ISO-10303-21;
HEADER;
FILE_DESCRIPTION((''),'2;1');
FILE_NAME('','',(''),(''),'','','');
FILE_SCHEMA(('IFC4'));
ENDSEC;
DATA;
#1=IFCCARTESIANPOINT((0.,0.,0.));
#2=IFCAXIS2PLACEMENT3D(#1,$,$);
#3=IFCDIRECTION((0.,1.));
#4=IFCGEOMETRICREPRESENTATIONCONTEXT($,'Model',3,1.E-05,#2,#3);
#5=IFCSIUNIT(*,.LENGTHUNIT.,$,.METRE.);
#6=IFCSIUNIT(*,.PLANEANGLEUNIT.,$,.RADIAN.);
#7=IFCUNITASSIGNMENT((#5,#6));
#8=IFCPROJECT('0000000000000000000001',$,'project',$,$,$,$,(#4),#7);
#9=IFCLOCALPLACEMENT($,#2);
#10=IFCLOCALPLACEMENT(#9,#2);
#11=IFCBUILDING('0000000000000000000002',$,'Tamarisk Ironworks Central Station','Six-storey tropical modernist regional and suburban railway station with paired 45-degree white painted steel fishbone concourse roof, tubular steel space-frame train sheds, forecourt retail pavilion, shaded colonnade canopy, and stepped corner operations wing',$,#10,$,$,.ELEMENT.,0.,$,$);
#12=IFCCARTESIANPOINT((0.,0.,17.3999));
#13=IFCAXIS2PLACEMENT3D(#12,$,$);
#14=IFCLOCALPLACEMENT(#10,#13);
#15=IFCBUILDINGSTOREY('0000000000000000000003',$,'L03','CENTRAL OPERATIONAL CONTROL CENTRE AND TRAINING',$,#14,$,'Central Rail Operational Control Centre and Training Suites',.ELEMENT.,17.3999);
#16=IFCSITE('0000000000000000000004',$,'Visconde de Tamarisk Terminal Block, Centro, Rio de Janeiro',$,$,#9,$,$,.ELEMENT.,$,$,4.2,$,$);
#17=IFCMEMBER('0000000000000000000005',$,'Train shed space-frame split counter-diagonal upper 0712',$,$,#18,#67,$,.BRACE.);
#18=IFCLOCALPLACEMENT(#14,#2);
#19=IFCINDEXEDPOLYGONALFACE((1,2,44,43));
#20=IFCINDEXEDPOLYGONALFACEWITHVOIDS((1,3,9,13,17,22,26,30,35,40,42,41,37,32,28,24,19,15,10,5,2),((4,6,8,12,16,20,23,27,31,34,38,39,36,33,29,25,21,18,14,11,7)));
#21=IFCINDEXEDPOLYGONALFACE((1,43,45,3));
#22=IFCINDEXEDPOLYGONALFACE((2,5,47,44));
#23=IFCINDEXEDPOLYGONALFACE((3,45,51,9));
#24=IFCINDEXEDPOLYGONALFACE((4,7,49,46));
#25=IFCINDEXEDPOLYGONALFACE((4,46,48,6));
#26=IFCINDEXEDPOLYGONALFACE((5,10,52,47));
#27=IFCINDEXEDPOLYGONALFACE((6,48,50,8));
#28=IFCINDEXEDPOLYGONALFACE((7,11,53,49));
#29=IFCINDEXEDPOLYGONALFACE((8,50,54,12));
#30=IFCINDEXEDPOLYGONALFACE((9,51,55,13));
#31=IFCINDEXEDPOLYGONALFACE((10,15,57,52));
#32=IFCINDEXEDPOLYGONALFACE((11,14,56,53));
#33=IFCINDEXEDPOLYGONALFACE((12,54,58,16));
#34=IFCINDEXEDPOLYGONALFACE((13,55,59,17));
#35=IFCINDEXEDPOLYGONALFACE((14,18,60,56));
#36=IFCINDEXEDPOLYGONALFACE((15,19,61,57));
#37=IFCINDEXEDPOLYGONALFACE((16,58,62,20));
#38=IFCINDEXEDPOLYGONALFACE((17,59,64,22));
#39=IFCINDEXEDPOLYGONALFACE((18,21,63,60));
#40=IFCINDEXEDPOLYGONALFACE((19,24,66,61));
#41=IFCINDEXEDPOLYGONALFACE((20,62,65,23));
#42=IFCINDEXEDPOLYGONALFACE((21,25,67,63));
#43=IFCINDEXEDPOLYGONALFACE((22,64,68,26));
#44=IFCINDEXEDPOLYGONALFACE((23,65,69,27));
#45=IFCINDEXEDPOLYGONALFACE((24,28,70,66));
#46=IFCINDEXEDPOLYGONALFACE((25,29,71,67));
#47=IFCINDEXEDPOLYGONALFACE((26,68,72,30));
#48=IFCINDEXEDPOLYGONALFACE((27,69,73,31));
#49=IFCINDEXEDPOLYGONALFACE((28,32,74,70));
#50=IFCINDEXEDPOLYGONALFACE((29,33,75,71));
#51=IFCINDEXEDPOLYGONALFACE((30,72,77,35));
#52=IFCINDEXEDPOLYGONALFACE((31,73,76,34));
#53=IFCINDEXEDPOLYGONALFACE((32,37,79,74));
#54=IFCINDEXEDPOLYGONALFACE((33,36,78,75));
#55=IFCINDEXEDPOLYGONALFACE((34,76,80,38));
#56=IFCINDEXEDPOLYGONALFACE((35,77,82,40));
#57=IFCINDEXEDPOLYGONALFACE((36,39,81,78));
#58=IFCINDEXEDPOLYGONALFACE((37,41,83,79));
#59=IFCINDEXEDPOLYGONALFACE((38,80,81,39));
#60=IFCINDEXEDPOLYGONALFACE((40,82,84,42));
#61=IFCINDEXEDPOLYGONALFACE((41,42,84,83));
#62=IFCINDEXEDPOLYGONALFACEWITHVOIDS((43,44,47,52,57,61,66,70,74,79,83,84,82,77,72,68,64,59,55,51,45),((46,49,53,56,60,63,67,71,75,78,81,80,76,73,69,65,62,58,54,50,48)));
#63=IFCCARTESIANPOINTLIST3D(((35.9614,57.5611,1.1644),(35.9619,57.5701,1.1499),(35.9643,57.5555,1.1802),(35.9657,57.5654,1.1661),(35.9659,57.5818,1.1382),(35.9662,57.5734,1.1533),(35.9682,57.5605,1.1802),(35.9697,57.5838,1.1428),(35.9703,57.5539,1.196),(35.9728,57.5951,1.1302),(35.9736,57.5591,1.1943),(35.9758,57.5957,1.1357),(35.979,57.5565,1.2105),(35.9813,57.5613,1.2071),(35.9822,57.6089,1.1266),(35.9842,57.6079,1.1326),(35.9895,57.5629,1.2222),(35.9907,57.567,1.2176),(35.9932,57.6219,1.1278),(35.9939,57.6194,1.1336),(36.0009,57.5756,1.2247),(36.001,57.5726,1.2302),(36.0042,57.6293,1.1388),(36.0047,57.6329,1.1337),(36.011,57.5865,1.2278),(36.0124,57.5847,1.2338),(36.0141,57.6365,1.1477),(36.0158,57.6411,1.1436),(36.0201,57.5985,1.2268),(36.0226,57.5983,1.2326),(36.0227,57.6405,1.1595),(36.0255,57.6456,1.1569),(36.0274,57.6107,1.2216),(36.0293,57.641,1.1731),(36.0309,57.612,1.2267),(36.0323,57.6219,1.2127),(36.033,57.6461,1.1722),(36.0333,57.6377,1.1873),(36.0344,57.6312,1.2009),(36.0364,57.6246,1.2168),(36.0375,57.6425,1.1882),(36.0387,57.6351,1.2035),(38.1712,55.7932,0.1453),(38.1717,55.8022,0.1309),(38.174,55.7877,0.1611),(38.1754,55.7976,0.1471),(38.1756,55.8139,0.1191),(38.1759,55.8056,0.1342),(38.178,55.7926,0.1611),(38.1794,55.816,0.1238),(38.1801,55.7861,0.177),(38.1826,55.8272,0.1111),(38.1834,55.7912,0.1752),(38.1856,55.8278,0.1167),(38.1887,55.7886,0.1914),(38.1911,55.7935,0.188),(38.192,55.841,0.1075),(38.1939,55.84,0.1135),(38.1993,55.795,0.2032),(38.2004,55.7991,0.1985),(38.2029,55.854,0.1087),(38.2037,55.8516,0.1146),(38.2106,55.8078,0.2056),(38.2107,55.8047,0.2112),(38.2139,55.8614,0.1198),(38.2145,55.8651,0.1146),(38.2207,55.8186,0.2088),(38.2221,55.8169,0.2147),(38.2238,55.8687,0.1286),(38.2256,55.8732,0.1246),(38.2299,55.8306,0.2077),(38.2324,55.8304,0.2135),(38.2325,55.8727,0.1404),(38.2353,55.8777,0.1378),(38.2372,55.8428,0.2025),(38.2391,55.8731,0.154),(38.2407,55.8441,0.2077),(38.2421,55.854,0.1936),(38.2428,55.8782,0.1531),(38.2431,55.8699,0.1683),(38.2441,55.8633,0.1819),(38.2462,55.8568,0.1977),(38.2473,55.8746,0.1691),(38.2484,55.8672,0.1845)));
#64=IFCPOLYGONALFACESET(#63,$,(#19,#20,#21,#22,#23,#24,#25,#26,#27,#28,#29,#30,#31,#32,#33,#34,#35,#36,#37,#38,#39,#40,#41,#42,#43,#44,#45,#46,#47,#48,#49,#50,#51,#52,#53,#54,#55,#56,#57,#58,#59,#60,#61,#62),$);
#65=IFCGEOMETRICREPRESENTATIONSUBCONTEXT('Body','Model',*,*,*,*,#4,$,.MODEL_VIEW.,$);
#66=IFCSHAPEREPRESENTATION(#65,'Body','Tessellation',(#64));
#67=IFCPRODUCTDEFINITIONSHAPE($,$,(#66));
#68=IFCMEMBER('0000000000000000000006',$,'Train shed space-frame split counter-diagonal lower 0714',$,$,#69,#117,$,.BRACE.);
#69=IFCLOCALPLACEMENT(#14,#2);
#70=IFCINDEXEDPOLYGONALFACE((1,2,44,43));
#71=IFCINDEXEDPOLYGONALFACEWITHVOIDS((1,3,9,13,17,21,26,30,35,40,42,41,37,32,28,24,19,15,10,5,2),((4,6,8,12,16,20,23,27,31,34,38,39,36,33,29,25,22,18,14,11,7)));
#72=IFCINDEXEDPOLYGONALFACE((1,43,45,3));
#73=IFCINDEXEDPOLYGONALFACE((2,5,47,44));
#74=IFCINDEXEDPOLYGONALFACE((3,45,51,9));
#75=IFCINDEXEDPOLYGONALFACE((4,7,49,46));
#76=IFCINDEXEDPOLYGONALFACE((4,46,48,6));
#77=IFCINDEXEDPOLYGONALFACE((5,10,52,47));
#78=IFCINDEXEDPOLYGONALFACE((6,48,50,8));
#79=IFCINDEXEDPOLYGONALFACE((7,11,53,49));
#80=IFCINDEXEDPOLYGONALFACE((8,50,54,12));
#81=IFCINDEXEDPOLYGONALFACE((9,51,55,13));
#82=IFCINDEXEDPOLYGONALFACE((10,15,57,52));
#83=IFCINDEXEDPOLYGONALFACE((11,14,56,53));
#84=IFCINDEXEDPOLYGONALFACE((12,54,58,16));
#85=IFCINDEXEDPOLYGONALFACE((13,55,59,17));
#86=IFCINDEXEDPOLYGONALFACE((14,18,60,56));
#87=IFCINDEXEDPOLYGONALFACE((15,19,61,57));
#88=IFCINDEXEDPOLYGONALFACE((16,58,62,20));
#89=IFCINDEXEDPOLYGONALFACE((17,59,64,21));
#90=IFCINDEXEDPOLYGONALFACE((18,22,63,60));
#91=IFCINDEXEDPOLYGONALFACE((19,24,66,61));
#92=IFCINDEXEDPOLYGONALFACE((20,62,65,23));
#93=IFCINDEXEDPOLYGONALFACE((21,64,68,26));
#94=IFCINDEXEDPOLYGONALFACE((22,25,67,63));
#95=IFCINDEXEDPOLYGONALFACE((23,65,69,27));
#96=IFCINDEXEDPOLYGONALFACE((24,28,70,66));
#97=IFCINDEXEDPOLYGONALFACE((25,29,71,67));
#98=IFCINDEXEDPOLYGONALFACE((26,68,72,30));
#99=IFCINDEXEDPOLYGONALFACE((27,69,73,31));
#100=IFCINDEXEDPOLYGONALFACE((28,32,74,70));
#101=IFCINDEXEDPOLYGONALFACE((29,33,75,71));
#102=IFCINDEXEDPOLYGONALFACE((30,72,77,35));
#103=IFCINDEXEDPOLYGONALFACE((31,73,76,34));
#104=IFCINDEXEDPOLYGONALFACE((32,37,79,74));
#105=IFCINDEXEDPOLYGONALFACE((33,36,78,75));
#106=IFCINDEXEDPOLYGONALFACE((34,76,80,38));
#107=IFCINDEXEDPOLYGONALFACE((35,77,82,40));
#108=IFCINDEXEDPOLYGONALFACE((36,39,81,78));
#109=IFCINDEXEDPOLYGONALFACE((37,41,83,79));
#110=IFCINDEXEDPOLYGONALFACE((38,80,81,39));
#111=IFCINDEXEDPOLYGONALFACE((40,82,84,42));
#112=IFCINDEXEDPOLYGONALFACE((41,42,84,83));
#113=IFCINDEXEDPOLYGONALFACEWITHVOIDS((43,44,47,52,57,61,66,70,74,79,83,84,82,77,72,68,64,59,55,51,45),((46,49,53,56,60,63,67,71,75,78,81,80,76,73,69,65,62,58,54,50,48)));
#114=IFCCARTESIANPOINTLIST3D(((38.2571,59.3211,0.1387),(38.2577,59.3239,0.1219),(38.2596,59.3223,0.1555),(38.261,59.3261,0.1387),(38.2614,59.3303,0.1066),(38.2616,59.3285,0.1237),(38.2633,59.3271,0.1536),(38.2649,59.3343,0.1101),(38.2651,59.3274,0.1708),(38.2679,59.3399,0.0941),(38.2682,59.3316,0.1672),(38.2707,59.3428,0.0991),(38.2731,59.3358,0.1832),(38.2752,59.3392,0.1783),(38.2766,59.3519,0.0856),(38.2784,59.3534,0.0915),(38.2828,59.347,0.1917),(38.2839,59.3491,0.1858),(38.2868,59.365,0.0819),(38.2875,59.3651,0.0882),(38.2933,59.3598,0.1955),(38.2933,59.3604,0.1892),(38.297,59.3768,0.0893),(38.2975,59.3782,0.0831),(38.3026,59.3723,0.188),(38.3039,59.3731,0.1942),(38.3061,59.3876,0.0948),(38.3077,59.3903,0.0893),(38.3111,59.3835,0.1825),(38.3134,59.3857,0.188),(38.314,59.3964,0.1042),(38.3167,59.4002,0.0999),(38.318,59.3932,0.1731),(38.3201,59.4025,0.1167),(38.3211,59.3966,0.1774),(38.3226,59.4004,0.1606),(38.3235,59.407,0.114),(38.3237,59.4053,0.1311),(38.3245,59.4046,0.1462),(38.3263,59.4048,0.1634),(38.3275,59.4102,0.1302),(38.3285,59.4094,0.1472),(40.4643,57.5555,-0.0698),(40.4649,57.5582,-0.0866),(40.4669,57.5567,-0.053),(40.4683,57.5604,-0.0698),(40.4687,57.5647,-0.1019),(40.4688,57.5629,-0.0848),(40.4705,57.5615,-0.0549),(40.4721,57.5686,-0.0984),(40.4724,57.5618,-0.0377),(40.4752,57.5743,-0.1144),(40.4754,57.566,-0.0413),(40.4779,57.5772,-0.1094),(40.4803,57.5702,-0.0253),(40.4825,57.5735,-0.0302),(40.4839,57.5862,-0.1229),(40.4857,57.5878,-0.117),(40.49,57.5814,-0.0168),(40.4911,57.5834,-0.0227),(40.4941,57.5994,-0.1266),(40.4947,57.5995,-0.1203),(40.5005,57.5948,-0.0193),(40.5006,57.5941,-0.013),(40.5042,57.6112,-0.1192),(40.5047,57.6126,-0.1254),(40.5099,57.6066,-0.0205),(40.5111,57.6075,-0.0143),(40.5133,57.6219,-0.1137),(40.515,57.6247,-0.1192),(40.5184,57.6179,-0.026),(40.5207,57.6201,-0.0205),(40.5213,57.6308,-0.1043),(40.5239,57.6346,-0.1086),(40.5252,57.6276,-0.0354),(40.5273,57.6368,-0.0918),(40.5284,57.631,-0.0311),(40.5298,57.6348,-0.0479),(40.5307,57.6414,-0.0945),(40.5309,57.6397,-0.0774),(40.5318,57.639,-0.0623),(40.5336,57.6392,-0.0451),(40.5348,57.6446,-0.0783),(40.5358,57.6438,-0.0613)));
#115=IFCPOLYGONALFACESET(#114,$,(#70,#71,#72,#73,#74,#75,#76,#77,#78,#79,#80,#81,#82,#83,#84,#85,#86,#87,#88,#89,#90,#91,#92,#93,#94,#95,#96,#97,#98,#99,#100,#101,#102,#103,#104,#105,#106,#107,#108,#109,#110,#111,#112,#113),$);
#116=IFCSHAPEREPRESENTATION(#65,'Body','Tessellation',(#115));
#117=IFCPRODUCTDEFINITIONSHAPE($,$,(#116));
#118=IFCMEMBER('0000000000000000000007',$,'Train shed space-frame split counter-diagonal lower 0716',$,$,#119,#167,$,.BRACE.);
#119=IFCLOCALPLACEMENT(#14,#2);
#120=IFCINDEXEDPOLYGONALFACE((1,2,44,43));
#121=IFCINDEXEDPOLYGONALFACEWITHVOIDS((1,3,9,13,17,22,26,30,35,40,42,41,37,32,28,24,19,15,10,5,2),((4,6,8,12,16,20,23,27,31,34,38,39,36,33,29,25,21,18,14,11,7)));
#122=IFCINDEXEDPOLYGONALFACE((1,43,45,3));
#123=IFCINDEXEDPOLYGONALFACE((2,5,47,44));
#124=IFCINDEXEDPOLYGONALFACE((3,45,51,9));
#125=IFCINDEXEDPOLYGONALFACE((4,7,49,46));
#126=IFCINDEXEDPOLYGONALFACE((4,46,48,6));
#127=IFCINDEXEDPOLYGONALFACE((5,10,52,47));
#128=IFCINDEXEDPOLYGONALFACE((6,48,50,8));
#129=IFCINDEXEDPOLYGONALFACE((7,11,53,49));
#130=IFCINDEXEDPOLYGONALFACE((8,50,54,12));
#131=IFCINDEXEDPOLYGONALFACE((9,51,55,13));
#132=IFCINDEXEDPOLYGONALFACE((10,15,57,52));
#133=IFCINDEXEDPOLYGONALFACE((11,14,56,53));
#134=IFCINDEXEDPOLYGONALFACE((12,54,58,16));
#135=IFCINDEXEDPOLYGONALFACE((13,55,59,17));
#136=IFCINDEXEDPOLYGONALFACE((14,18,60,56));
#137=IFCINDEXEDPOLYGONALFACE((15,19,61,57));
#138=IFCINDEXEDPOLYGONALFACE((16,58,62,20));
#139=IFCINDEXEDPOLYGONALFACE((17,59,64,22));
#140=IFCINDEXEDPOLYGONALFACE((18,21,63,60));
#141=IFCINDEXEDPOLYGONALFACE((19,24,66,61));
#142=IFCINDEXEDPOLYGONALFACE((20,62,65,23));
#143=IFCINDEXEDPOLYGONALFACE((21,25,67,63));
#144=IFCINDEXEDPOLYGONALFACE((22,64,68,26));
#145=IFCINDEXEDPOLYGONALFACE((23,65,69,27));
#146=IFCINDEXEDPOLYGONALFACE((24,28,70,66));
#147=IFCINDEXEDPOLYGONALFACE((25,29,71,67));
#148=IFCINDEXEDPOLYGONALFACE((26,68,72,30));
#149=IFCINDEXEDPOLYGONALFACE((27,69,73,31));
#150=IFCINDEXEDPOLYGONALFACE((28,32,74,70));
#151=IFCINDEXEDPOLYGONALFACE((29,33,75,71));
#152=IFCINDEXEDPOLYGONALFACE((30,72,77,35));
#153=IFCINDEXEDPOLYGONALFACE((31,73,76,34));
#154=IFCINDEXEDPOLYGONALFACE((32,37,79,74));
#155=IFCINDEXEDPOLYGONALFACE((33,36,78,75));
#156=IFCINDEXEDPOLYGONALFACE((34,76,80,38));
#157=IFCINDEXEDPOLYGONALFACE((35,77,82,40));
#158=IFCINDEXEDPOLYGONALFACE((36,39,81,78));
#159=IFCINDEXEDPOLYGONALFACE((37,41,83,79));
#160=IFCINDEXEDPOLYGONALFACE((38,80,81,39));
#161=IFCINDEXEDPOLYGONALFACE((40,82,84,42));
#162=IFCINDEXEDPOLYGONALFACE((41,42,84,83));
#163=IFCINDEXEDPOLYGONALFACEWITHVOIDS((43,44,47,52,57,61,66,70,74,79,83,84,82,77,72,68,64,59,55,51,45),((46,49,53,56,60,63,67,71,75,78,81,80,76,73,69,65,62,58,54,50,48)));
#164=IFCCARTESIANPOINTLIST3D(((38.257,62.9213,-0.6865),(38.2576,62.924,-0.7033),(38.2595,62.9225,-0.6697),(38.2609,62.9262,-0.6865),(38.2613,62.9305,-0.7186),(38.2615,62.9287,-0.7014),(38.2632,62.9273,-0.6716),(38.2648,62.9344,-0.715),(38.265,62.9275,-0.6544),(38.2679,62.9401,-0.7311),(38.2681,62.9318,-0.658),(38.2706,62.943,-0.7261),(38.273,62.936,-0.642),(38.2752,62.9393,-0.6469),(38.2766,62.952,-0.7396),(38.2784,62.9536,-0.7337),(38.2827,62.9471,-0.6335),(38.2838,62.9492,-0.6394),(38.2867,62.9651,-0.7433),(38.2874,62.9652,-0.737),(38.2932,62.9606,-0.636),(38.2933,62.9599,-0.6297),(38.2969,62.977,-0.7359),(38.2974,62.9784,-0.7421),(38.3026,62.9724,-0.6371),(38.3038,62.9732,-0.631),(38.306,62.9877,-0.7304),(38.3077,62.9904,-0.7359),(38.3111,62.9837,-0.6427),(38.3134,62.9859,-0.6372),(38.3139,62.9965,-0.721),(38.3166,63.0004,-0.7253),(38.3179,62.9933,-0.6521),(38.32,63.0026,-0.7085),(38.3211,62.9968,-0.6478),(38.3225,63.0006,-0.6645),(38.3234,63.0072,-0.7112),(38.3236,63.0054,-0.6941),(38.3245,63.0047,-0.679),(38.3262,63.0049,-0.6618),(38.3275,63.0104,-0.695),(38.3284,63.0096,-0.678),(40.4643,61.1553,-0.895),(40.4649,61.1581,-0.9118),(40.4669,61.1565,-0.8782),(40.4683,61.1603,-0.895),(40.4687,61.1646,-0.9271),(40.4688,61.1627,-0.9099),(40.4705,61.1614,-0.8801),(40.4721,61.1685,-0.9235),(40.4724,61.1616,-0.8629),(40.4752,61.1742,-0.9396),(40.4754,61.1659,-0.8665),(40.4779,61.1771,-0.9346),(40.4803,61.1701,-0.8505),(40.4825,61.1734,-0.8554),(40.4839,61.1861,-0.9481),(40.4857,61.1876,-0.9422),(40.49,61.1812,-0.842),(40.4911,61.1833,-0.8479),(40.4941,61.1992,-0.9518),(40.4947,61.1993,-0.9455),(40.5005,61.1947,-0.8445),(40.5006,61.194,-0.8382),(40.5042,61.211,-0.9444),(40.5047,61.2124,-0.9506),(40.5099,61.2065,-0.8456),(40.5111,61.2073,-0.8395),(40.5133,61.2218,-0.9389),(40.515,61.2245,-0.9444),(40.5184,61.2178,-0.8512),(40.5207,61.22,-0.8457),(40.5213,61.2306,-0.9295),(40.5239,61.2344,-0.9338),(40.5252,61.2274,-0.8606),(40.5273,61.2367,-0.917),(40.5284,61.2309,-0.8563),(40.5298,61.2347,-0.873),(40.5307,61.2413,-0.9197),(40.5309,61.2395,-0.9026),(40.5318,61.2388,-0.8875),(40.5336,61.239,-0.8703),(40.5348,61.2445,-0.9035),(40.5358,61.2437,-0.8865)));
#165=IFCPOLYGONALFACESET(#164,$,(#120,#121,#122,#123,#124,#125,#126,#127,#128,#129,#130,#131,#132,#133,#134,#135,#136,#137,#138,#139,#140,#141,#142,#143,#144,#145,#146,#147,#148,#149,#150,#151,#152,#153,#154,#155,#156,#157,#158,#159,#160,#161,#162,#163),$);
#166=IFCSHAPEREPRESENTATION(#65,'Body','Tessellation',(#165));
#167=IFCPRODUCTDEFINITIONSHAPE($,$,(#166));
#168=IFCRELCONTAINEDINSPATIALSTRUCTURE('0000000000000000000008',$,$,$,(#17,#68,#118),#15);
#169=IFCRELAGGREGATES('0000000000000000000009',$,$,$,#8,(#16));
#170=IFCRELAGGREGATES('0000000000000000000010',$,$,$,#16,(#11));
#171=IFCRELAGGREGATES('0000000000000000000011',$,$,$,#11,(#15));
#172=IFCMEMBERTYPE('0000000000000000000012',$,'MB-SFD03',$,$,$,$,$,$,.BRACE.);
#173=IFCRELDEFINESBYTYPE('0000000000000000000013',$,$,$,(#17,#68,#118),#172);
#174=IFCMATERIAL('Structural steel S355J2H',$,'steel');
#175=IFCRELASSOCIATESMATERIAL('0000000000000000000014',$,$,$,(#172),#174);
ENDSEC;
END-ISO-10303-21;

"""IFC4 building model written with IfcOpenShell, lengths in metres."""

from ifc_helpers import new_model, si_unit, direction, frame, origin, origin_2d, place, context, subcontext, project, spatial, hollow_circle, extrude, material, material_profile, profile_set, type_object, element, save


model = new_model("IFC4")

# Units and contexts
model_context = context("Model", 3, precision=1e-05, world=origin(), true_north=direction((0.0, 1.0)))
body_context = subcontext(model_context, "Body", "Model", "MODEL_VIEW")
ifc_project = project(units=[si_unit("LENGTHUNIT", "METRE"), si_unit("PLANEANGLEUNIT", "RADIAN")], contexts=[model_context])

# Site, building, storey
site_placement = place(None, origin())
site = spatial("IfcSite", under=ifc_project, at=site_placement, Name="Visconde de Tamarisk Terminal Block, Centro, Rio de Janeiro", CompositionType="ELEMENT", RefElevation=4.2)
building_placement = place(site_placement, origin())
building = spatial("IfcBuilding", under=site, at=building_placement, Name="Tamarisk Ironworks Central Station", Description="Six-storey tropical modernist regional and suburban railway station with paired 45-degree white painted steel fishbone concourse roof, tubular steel space-frame train sheds, forecourt retail pavilion, shaded colonnade canopy, and stepped corner operations wing", CompositionType="ELEMENT", ElevationOfRefHeight=0.0)
storey_placement = place(building_placement, frame((0.0, 0.0, 17.3999)))
storey = spatial("IfcBuildingStorey", under=building, at=storey_placement, Name="L03", Description="CENTRAL OPERATIONAL CONTROL CENTRE AND TRAINING", LongName="Central Rail Operational Control Centre and Training Suites", CompositionType="ELEMENT", Elevation=17.3999)

# Members
ifc_material = material(Name="Structural steel S355J2H", Category="steel")
ifc_material_profile_1 = material_profile(ifc_material, hollow_circle(Radius=0.0571, WallThickness=0.0063, at=origin_2d()), Name="CHS 114.3x6.3")
ifc_profile_set_1 = profile_set([ifc_material_profile_1], Name="Structural steel S355J2H")
member_type_1 = type_object("IfcMemberType", Name="MB-SFD03", PredefinedType="BRACE", material=ifc_profile_set_1)
member_1_placement = place(storey_placement, frame((38.2097, 55.8323, 0.1611), z_axis=(-0.734677, 0.587758, 0.338807), x_axis=(-0.624706, -0.78086, 0.0)))
element("IfcMember", 1, at=member_1_placement, inside=storey, type_object=member_type_1, Name="Train shed space-frame split counter-diagonal upper 0712", PredefinedType="BRACE", context=body_context, shape_type="SweptSolid", body=[
    extrude(hollow_circle(Radius=0.0571, WallThickness=0.0063, at=origin_2d()), origin(), (0.0, 0.0, 1.0), 3.0078),
])
member_2_placement = place(storey_placement, frame((40.5, 57.6001, -0.0698), z_axis=(-0.778787, 0.62296, 0.073563), x_axis=(-0.624653, -0.780903, 0.0)))
element("IfcMember", 2, at=member_2_placement, inside=storey, type_object=member_type_1, Name="Train shed space-frame split counter-diagonal lower 0714", PredefinedType="BRACE", context=body_context, shape_type="SweptSolid", body=[
    extrude(hollow_circle(Radius=0.0571, WallThickness=0.0063, at=origin_2d()), origin(), (0.0, 0.0, 1.0), 2.8342),
])
member_3_placement = place(storey_placement, frame((40.5, 61.2, -0.895), z_axis=(-0.778745, 0.623013, 0.073559), x_axis=(-0.624706, -0.78086, 0.0)))
element("IfcMember", 3, at=member_3_placement, inside=storey, type_object=member_type_1, Name="Train shed space-frame split counter-diagonal lower 0716", PredefinedType="BRACE", context=body_context, shape_type="SweptSolid", body=[
    extrude(hollow_circle(Radius=0.0571, WallThickness=0.0063, at=origin_2d()), origin(), (0.0, 0.0, 1.0), 2.8345),
])

save(model, "model.ifc")
